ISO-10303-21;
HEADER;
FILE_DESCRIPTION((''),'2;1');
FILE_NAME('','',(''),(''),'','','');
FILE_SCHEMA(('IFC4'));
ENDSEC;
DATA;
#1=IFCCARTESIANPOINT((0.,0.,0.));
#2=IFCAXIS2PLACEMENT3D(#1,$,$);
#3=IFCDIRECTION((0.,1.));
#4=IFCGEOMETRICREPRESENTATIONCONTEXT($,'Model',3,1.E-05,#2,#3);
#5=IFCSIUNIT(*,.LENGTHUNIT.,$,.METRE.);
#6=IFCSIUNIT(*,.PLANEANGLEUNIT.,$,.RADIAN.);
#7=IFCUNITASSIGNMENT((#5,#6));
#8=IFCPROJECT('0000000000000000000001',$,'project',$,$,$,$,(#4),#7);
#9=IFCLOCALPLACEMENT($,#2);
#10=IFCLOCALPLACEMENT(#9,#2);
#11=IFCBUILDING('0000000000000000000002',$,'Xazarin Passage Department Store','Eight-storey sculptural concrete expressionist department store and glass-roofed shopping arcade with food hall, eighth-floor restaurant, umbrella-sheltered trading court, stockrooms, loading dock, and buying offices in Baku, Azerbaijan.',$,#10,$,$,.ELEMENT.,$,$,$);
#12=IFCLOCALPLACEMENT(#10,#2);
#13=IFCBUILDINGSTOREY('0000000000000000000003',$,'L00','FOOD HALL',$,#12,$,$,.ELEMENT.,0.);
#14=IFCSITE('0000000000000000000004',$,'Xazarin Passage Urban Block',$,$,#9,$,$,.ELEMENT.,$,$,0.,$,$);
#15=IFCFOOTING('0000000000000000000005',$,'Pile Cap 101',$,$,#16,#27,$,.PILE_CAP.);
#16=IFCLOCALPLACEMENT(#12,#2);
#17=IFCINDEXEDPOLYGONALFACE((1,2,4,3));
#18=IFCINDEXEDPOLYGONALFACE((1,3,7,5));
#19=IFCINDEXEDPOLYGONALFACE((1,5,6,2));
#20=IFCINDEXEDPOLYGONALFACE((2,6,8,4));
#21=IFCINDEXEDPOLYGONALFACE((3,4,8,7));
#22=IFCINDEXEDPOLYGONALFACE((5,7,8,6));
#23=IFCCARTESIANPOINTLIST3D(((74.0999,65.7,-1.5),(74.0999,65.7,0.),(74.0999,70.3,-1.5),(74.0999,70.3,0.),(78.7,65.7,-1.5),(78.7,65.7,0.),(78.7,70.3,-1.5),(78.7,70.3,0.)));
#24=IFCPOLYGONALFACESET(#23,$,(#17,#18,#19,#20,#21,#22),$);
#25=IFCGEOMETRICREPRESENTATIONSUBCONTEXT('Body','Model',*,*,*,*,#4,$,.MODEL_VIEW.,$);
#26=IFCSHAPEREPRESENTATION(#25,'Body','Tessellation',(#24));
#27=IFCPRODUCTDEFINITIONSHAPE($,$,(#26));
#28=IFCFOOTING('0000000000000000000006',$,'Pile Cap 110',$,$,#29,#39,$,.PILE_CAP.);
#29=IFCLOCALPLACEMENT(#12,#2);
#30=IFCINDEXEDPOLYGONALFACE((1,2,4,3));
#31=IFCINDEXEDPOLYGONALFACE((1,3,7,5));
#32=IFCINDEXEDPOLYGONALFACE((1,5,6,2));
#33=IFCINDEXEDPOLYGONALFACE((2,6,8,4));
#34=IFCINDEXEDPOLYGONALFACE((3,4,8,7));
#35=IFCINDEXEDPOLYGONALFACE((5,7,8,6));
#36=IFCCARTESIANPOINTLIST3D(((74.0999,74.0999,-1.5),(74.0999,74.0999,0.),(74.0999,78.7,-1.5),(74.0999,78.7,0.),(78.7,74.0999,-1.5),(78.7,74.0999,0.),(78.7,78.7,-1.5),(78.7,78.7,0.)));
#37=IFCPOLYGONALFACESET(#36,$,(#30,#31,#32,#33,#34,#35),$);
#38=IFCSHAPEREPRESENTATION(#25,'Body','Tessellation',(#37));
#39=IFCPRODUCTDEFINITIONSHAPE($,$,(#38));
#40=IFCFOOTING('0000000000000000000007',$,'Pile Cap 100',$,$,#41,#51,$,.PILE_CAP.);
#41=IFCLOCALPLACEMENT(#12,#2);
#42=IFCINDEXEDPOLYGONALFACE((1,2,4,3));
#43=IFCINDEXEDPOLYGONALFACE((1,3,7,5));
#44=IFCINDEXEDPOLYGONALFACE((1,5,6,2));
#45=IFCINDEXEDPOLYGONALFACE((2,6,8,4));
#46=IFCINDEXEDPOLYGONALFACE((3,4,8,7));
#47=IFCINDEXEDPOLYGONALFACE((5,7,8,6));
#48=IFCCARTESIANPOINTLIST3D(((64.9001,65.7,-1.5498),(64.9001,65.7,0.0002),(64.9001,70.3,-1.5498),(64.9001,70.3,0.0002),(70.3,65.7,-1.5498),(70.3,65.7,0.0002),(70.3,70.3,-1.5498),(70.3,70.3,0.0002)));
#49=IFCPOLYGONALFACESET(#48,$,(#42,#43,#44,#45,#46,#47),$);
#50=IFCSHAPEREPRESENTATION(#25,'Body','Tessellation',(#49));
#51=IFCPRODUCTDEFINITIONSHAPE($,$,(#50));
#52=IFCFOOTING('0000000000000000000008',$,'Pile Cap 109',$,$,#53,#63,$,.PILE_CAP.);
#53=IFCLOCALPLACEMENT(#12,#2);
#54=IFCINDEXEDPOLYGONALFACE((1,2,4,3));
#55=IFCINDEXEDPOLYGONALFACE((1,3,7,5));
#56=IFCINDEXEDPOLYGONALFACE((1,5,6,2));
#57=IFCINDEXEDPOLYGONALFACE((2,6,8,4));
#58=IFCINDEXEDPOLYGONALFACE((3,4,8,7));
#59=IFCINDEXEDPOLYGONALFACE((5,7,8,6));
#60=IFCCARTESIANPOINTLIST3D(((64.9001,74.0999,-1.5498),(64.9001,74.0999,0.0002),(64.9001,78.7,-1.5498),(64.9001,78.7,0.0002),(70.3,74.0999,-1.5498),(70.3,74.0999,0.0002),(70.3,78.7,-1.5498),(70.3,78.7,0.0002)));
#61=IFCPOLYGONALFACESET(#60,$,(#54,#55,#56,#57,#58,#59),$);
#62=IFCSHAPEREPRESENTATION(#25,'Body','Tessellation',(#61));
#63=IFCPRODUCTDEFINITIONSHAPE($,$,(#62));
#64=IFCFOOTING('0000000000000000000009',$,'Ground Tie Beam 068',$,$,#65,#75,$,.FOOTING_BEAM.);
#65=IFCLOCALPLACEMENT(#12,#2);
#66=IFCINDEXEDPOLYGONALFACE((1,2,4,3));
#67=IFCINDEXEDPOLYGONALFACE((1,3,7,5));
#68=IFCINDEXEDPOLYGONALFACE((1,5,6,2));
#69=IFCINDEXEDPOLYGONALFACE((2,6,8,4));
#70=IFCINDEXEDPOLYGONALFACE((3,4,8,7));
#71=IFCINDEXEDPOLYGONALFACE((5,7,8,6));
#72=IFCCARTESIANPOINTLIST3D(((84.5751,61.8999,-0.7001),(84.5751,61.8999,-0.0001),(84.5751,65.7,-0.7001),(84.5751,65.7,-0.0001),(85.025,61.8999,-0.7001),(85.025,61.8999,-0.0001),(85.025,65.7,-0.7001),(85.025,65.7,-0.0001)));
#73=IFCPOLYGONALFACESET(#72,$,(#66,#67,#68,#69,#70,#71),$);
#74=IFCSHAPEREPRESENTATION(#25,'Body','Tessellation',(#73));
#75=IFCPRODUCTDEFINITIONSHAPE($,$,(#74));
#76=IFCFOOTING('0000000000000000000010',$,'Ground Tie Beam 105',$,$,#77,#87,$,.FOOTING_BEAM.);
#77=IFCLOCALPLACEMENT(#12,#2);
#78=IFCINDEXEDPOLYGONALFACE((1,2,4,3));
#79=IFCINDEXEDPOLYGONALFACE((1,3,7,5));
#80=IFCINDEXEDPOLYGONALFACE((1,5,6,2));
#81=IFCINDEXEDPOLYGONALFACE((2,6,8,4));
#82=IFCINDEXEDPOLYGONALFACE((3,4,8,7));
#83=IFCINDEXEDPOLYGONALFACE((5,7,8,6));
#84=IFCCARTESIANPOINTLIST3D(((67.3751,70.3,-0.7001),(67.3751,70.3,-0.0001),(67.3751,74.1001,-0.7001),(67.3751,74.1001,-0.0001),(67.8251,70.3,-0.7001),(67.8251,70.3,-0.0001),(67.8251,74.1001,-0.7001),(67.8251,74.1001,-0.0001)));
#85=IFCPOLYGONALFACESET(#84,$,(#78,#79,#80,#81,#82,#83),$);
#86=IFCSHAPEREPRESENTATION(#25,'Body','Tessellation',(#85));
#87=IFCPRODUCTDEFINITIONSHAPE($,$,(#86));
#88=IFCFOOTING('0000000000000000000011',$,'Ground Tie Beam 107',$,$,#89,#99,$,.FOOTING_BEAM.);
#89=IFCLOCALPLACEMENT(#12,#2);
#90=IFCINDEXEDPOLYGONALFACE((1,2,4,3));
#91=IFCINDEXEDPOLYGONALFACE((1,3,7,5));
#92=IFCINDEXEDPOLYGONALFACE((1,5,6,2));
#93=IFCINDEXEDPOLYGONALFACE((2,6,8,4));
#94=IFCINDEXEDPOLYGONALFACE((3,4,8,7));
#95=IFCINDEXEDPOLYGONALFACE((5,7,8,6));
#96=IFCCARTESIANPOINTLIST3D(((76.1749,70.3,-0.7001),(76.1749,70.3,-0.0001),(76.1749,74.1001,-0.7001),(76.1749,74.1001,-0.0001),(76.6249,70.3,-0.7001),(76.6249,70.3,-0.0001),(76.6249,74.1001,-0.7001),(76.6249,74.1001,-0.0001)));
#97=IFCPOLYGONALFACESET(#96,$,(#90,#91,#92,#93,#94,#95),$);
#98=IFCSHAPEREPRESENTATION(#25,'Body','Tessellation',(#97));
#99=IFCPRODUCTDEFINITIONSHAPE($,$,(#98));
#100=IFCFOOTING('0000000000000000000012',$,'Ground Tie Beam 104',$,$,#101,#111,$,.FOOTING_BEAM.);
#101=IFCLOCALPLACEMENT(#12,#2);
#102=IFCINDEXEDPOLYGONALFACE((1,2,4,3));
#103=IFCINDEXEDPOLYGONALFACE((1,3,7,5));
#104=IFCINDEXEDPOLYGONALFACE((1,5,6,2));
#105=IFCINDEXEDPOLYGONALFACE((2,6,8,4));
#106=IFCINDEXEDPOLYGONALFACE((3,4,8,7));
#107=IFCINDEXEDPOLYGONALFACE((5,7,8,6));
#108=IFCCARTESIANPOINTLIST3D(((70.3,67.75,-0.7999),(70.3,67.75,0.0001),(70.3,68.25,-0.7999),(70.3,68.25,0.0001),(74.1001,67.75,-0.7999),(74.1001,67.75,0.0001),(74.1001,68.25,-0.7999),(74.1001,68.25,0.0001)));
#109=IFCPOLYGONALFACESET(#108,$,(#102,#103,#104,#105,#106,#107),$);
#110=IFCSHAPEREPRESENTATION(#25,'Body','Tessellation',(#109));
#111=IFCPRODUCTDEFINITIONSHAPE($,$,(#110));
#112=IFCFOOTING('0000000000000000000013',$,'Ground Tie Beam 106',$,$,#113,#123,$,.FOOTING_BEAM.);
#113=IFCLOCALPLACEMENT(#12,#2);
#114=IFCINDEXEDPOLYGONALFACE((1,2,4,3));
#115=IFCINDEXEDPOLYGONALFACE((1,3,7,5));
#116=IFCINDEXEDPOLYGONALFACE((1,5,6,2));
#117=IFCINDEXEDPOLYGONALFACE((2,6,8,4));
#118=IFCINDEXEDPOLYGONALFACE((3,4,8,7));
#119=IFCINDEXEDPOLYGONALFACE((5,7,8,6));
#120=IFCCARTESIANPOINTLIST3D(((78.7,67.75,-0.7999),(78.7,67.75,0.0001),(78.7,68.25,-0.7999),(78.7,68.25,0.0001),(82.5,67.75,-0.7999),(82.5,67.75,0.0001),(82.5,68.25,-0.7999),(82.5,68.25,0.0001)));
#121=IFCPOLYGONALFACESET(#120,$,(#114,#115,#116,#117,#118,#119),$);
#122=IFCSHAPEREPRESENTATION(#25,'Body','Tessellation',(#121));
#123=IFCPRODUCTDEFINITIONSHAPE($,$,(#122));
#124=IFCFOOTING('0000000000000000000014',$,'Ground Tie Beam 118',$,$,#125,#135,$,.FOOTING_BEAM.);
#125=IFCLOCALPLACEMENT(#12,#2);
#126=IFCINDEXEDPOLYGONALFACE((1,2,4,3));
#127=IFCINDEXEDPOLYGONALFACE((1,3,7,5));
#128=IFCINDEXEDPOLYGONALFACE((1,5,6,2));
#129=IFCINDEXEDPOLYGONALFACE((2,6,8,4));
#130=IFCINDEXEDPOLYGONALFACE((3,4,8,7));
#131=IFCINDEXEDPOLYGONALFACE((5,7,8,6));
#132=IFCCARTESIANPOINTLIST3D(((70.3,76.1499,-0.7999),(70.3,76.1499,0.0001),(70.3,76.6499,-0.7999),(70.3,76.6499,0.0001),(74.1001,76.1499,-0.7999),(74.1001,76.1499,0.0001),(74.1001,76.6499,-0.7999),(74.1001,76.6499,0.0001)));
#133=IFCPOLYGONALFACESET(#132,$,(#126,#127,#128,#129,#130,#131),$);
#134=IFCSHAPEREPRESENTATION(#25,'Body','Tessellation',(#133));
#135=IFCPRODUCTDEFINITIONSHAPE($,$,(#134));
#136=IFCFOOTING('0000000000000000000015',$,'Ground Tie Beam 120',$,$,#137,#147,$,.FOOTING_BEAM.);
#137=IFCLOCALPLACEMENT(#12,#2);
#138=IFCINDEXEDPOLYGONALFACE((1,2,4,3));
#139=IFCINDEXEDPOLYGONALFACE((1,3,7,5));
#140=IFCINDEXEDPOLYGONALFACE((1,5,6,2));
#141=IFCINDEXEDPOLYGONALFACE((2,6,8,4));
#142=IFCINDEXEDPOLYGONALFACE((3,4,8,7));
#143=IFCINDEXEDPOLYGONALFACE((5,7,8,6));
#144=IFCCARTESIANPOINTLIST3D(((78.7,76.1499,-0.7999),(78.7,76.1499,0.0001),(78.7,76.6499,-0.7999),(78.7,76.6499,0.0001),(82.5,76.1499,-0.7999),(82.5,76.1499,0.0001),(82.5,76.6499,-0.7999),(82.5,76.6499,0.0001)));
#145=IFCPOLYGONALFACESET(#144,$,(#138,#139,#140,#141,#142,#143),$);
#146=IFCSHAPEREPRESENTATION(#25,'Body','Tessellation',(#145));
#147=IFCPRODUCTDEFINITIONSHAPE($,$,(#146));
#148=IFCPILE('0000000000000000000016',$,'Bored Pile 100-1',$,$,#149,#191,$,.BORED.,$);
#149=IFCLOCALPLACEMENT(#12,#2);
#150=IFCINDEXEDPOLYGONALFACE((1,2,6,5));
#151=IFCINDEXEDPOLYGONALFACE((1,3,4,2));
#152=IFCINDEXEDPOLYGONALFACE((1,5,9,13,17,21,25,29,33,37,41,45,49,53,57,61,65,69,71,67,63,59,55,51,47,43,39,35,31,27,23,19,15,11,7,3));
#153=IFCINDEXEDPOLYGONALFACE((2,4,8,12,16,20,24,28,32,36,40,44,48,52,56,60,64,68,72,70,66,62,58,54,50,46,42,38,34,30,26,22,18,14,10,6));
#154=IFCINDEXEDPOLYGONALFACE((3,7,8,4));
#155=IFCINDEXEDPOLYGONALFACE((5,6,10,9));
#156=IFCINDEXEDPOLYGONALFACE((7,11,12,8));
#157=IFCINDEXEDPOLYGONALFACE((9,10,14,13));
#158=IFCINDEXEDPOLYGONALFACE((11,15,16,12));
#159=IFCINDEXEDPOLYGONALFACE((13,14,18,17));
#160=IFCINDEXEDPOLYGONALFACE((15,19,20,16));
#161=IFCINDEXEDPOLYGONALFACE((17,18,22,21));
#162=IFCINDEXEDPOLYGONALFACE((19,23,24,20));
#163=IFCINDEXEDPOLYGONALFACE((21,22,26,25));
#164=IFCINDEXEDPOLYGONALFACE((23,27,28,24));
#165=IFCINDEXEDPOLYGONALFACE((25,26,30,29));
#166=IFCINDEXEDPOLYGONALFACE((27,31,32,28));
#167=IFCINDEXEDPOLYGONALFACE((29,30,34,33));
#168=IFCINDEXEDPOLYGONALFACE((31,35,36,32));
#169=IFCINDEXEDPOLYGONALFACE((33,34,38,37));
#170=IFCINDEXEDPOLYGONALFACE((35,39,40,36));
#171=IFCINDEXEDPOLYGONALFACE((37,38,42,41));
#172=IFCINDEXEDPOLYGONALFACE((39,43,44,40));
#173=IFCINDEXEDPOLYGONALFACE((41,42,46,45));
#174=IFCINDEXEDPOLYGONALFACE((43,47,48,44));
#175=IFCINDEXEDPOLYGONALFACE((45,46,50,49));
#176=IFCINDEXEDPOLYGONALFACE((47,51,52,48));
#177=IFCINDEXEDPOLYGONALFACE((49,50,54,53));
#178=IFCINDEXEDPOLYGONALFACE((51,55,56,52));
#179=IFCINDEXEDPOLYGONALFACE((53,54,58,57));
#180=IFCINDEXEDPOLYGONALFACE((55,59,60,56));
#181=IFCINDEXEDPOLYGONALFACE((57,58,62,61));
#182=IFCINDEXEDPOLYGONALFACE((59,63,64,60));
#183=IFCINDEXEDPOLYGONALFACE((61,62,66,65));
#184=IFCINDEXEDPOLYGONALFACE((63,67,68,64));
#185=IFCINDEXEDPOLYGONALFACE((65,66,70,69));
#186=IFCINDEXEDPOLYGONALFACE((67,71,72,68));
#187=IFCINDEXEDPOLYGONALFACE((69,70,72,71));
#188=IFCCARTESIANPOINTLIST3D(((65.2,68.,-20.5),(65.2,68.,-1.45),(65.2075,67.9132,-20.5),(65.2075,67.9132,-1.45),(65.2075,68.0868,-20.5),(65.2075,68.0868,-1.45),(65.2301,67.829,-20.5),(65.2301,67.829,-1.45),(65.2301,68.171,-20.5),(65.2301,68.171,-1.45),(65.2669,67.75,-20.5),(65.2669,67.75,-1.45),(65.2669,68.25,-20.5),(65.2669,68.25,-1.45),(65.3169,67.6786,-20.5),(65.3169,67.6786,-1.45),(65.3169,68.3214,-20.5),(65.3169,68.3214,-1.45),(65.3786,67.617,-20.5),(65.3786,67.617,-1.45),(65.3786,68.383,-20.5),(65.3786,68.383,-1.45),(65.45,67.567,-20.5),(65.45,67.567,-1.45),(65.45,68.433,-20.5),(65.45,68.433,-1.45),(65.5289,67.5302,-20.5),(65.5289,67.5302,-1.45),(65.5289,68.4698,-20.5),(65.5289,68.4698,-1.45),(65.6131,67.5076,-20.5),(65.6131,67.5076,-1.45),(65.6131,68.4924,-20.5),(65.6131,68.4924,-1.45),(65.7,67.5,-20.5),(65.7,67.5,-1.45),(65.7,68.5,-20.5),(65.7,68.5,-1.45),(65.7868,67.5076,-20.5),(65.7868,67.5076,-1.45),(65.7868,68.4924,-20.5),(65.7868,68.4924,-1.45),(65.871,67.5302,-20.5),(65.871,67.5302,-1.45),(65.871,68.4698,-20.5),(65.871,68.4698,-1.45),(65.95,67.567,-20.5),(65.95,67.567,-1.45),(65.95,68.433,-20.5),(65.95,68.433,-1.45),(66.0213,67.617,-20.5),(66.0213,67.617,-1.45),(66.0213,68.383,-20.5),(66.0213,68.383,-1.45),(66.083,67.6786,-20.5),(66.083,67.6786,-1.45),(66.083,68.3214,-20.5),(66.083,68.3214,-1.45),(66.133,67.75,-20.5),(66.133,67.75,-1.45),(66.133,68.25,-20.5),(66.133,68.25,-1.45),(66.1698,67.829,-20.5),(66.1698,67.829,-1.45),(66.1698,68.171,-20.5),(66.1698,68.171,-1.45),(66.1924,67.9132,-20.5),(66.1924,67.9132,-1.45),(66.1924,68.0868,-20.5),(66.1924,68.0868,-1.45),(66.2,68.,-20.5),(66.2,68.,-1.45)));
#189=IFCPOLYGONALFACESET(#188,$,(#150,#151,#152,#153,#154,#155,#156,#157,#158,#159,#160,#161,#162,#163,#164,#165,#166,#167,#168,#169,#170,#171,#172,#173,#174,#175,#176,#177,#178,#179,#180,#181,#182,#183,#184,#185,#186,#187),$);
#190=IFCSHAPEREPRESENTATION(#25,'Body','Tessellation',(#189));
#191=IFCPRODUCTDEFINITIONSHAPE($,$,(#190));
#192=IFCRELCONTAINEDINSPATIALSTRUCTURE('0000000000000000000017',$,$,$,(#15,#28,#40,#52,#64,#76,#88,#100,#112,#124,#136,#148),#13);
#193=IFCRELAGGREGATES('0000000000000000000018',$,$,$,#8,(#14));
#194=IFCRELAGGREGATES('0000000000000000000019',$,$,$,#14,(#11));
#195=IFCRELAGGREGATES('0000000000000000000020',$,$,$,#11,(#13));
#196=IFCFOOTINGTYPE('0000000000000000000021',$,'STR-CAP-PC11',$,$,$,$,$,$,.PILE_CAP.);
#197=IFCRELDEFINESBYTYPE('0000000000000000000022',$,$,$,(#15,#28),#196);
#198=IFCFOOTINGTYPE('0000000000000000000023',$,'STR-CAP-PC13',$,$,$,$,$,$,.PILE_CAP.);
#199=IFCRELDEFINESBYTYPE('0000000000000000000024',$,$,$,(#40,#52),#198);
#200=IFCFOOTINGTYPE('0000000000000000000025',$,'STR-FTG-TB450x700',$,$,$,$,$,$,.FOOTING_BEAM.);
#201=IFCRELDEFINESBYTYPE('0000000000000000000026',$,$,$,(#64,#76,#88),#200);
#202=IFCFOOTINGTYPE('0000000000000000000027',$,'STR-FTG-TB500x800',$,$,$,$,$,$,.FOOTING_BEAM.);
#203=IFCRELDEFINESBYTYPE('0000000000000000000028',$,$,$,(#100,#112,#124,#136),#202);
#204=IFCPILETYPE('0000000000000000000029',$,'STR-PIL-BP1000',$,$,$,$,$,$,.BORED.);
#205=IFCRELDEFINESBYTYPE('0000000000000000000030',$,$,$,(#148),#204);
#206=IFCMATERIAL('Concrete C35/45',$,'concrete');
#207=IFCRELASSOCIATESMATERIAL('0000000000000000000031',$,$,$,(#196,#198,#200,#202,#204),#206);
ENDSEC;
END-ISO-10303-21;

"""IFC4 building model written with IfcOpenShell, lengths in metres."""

from ifc_helpers import new_model, si_unit, direction, frame, origin, origin_2d, place, context, subcontext, project, spatial, rectangle, circle, extrude, material, material_profile, profile_set, type_object, element, save


model = new_model("IFC4")

# Units and contexts
model_context = context("Model", 3, precision=1e-05, world=origin(), true_north=direction((0.0, 1.0)))
body_context = subcontext(model_context, "Body", "Model", "MODEL_VIEW")
ifc_project = project(units=[si_unit("LENGTHUNIT", "METRE"), si_unit("PLANEANGLEUNIT", "RADIAN")], contexts=[model_context])

# Site, building, storey
site_placement = place(None, origin())
site = spatial("IfcSite", under=ifc_project, at=site_placement, Name="Xazarin Passage Urban Block", CompositionType="ELEMENT", RefElevation=0.0)
building_placement = place(site_placement, origin())
building = spatial("IfcBuilding", under=site, at=building_placement, Name="Xazarin Passage Department Store", Description="Eight-storey sculptural concrete expressionist department store and glass-roofed shopping arcade with food hall, eighth-floor restaurant, umbrella-sheltered trading court, stockrooms, loading dock, and buying offices in Baku, Azerbaijan.", CompositionType="ELEMENT")
storey_placement = place(building_placement, origin())
storey = spatial("IfcBuildingStorey", under=building, at=storey_placement, Name="L00", Description="FOOD HALL", CompositionType="ELEMENT", Elevation=0.0)

# Footings
ifc_material_1 = material(Name="Concrete C35/45", Category="concrete")
footing_type_1 = type_object("IfcFootingType", Name="STR-CAP-PC11", PredefinedType="PILE_CAP", material=ifc_material_1)
for number, where, z_axis, x_axis, name in (
    (1, (76.3999, 68.0, -1.5), (0.0, 0.0, 1.0), (1.0, 0.0, 0.0), "Pile Cap 101"),
    (2, (76.3999, 76.3999, -1.5), (0.0, 0.0, 1.0), (1.0, 0.0, 0.0), "Pile Cap 110"),
):
    element("IfcFooting", number, at=place(storey_placement, frame(where, z_axis=z_axis, x_axis=x_axis)), inside=storey, type_object=footing_type_1, Name=name, PredefinedType="PILE_CAP", context=body_context, shape_type="SweptSolid", body=[
        extrude(rectangle(XDim=4.6001, YDim=4.6001, at=origin_2d()), origin(), (0.0, 0.0, 1.0), 1.5),
    ])
footing_type_2 = type_object("IfcFootingType", Name="STR-CAP-PC13", PredefinedType="PILE_CAP", material=ifc_material_1)
for number, where, z_axis, x_axis, name in (
    (3, (67.6001, 68.0, -1.5498), (0.0, 0.0, 1.0), (1.0, 0.0, 0.0), "Pile Cap 100"),
    (4, (67.6001, 76.3999, -1.5498), (0.0, 0.0, 1.0), (1.0, 0.0, 0.0), "Pile Cap 109"),
):
    element("IfcFooting", number, at=place(storey_placement, frame(where, z_axis=z_axis, x_axis=x_axis)), inside=storey, type_object=footing_type_2, Name=name, PredefinedType="PILE_CAP", context=body_context, shape_type="SweptSolid", body=[
        extrude(rectangle(XDim=5.3999, YDim=4.6001, at=origin_2d()), origin(), (0.0, 0.0, 1.0), 1.55),
    ])
ifc_material_profile_1 = material_profile(ifc_material_1, rectangle(XDim=0.45, YDim=0.7, at=origin_2d()), Name="RC 450x700")
ifc_profile_set_1 = profile_set([ifc_material_profile_1], Name="Concrete C35/45")
footing_type_3 = type_object("IfcFootingType", Name="STR-FTG-TB450x700", PredefinedType="FOOTING_BEAM", material=ifc_profile_set_1)
for number, where, z_axis, x_axis, name in (
    (5, (84.8, 61.8999, -0.3501), (0.0, 1.0, 0.0), (-1.0, 0.0, 0.0), "Ground Tie Beam 068"),
    (6, (67.6001, 70.3, -0.3501), (0.0, 1.0, 0.0), (-1.0, 0.0, 0.0), "Ground Tie Beam 105"),
    (7, (76.3999, 70.3, -0.3501), (0.0, 1.0, 0.0), (-1.0, 0.0, 0.0), "Ground Tie Beam 107"),
):
    element("IfcFooting", number, at=place(storey_placement, frame(where, z_axis=z_axis, x_axis=x_axis)), inside=storey, type_object=footing_type_3, Name=name, PredefinedType="FOOTING_BEAM", context=body_context, shape_type="SweptSolid", body=[
        extrude(rectangle(XDim=0.45, YDim=0.7, at=origin_2d()), origin(), (0.0, 0.0, 1.0), 3.8),
    ])
ifc_material_profile_2 = material_profile(ifc_material_1, rectangle(XDim=0.5, YDim=0.8, at=origin_2d()), Name="RC 500x800")
ifc_profile_set_2 = profile_set([ifc_material_profile_2], Name="Concrete C35/45")
footing_type_4 = type_object("IfcFootingType", Name="STR-FTG-TB500x800", PredefinedType="FOOTING_BEAM", material=ifc_profile_set_2)
for number, where, z_axis, x_axis, name in (
    (8, (70.3, 68.0, -0.3999), (1.0, 0.0, 0.0), (0.0, 1.0, 0.0), "Ground Tie Beam 104"),
    (9, (78.7, 68.0, -0.3999), (1.0, 0.0, 0.0), (0.0, 1.0, 0.0), "Ground Tie Beam 106"),
    (10, (70.3, 76.3999, -0.3999), (1.0, 0.0, 0.0), (0.0, 1.0, 0.0), "Ground Tie Beam 118"),
    (11, (78.7, 76.3999, -0.3999), (1.0, 0.0, 0.0), (0.0, 1.0, 0.0), "Ground Tie Beam 120"),
):
    element("IfcFooting", number, at=place(storey_placement, frame(where, z_axis=z_axis, x_axis=x_axis)), inside=storey, type_object=footing_type_4, Name=name, PredefinedType="FOOTING_BEAM", context=body_context, shape_type="SweptSolid", body=[
        extrude(rectangle(XDim=0.5, YDim=0.8, at=origin_2d()), origin(), (0.0, 0.0, 1.0), 3.8),
    ])

# Pile
ifc_material_profile_3 = material_profile(ifc_material_1, circle(Radius=0.5, at=origin_2d()), Name="BP 1000")
ifc_profile_set_3 = profile_set([ifc_material_profile_3], Name="Concrete C35/45")
pile_type_1 = type_object("IfcPileType", Name="STR-PIL-BP1000", PredefinedType="BORED", material=ifc_profile_set_3)
for number, where, z_axis, x_axis, name in (
    (12, (65.7, 68.0, -1.45), (0.0, 0.0, -1.0), (1.0, 0.0, 0.0), "Bored Pile 100-1"),
):
    element("IfcPile", number, at=place(storey_placement, frame(where, z_axis=z_axis, x_axis=x_axis)), inside=storey, type_object=pile_type_1, Name=name, PredefinedType="BORED", context=body_context, shape_type="SweptSolid", body=[
        extrude(circle(Radius=0.5, at=origin_2d()), origin(), (0.0, 0.0, 1.0), 19.05),
    ])

save(model, "model.ifc")
